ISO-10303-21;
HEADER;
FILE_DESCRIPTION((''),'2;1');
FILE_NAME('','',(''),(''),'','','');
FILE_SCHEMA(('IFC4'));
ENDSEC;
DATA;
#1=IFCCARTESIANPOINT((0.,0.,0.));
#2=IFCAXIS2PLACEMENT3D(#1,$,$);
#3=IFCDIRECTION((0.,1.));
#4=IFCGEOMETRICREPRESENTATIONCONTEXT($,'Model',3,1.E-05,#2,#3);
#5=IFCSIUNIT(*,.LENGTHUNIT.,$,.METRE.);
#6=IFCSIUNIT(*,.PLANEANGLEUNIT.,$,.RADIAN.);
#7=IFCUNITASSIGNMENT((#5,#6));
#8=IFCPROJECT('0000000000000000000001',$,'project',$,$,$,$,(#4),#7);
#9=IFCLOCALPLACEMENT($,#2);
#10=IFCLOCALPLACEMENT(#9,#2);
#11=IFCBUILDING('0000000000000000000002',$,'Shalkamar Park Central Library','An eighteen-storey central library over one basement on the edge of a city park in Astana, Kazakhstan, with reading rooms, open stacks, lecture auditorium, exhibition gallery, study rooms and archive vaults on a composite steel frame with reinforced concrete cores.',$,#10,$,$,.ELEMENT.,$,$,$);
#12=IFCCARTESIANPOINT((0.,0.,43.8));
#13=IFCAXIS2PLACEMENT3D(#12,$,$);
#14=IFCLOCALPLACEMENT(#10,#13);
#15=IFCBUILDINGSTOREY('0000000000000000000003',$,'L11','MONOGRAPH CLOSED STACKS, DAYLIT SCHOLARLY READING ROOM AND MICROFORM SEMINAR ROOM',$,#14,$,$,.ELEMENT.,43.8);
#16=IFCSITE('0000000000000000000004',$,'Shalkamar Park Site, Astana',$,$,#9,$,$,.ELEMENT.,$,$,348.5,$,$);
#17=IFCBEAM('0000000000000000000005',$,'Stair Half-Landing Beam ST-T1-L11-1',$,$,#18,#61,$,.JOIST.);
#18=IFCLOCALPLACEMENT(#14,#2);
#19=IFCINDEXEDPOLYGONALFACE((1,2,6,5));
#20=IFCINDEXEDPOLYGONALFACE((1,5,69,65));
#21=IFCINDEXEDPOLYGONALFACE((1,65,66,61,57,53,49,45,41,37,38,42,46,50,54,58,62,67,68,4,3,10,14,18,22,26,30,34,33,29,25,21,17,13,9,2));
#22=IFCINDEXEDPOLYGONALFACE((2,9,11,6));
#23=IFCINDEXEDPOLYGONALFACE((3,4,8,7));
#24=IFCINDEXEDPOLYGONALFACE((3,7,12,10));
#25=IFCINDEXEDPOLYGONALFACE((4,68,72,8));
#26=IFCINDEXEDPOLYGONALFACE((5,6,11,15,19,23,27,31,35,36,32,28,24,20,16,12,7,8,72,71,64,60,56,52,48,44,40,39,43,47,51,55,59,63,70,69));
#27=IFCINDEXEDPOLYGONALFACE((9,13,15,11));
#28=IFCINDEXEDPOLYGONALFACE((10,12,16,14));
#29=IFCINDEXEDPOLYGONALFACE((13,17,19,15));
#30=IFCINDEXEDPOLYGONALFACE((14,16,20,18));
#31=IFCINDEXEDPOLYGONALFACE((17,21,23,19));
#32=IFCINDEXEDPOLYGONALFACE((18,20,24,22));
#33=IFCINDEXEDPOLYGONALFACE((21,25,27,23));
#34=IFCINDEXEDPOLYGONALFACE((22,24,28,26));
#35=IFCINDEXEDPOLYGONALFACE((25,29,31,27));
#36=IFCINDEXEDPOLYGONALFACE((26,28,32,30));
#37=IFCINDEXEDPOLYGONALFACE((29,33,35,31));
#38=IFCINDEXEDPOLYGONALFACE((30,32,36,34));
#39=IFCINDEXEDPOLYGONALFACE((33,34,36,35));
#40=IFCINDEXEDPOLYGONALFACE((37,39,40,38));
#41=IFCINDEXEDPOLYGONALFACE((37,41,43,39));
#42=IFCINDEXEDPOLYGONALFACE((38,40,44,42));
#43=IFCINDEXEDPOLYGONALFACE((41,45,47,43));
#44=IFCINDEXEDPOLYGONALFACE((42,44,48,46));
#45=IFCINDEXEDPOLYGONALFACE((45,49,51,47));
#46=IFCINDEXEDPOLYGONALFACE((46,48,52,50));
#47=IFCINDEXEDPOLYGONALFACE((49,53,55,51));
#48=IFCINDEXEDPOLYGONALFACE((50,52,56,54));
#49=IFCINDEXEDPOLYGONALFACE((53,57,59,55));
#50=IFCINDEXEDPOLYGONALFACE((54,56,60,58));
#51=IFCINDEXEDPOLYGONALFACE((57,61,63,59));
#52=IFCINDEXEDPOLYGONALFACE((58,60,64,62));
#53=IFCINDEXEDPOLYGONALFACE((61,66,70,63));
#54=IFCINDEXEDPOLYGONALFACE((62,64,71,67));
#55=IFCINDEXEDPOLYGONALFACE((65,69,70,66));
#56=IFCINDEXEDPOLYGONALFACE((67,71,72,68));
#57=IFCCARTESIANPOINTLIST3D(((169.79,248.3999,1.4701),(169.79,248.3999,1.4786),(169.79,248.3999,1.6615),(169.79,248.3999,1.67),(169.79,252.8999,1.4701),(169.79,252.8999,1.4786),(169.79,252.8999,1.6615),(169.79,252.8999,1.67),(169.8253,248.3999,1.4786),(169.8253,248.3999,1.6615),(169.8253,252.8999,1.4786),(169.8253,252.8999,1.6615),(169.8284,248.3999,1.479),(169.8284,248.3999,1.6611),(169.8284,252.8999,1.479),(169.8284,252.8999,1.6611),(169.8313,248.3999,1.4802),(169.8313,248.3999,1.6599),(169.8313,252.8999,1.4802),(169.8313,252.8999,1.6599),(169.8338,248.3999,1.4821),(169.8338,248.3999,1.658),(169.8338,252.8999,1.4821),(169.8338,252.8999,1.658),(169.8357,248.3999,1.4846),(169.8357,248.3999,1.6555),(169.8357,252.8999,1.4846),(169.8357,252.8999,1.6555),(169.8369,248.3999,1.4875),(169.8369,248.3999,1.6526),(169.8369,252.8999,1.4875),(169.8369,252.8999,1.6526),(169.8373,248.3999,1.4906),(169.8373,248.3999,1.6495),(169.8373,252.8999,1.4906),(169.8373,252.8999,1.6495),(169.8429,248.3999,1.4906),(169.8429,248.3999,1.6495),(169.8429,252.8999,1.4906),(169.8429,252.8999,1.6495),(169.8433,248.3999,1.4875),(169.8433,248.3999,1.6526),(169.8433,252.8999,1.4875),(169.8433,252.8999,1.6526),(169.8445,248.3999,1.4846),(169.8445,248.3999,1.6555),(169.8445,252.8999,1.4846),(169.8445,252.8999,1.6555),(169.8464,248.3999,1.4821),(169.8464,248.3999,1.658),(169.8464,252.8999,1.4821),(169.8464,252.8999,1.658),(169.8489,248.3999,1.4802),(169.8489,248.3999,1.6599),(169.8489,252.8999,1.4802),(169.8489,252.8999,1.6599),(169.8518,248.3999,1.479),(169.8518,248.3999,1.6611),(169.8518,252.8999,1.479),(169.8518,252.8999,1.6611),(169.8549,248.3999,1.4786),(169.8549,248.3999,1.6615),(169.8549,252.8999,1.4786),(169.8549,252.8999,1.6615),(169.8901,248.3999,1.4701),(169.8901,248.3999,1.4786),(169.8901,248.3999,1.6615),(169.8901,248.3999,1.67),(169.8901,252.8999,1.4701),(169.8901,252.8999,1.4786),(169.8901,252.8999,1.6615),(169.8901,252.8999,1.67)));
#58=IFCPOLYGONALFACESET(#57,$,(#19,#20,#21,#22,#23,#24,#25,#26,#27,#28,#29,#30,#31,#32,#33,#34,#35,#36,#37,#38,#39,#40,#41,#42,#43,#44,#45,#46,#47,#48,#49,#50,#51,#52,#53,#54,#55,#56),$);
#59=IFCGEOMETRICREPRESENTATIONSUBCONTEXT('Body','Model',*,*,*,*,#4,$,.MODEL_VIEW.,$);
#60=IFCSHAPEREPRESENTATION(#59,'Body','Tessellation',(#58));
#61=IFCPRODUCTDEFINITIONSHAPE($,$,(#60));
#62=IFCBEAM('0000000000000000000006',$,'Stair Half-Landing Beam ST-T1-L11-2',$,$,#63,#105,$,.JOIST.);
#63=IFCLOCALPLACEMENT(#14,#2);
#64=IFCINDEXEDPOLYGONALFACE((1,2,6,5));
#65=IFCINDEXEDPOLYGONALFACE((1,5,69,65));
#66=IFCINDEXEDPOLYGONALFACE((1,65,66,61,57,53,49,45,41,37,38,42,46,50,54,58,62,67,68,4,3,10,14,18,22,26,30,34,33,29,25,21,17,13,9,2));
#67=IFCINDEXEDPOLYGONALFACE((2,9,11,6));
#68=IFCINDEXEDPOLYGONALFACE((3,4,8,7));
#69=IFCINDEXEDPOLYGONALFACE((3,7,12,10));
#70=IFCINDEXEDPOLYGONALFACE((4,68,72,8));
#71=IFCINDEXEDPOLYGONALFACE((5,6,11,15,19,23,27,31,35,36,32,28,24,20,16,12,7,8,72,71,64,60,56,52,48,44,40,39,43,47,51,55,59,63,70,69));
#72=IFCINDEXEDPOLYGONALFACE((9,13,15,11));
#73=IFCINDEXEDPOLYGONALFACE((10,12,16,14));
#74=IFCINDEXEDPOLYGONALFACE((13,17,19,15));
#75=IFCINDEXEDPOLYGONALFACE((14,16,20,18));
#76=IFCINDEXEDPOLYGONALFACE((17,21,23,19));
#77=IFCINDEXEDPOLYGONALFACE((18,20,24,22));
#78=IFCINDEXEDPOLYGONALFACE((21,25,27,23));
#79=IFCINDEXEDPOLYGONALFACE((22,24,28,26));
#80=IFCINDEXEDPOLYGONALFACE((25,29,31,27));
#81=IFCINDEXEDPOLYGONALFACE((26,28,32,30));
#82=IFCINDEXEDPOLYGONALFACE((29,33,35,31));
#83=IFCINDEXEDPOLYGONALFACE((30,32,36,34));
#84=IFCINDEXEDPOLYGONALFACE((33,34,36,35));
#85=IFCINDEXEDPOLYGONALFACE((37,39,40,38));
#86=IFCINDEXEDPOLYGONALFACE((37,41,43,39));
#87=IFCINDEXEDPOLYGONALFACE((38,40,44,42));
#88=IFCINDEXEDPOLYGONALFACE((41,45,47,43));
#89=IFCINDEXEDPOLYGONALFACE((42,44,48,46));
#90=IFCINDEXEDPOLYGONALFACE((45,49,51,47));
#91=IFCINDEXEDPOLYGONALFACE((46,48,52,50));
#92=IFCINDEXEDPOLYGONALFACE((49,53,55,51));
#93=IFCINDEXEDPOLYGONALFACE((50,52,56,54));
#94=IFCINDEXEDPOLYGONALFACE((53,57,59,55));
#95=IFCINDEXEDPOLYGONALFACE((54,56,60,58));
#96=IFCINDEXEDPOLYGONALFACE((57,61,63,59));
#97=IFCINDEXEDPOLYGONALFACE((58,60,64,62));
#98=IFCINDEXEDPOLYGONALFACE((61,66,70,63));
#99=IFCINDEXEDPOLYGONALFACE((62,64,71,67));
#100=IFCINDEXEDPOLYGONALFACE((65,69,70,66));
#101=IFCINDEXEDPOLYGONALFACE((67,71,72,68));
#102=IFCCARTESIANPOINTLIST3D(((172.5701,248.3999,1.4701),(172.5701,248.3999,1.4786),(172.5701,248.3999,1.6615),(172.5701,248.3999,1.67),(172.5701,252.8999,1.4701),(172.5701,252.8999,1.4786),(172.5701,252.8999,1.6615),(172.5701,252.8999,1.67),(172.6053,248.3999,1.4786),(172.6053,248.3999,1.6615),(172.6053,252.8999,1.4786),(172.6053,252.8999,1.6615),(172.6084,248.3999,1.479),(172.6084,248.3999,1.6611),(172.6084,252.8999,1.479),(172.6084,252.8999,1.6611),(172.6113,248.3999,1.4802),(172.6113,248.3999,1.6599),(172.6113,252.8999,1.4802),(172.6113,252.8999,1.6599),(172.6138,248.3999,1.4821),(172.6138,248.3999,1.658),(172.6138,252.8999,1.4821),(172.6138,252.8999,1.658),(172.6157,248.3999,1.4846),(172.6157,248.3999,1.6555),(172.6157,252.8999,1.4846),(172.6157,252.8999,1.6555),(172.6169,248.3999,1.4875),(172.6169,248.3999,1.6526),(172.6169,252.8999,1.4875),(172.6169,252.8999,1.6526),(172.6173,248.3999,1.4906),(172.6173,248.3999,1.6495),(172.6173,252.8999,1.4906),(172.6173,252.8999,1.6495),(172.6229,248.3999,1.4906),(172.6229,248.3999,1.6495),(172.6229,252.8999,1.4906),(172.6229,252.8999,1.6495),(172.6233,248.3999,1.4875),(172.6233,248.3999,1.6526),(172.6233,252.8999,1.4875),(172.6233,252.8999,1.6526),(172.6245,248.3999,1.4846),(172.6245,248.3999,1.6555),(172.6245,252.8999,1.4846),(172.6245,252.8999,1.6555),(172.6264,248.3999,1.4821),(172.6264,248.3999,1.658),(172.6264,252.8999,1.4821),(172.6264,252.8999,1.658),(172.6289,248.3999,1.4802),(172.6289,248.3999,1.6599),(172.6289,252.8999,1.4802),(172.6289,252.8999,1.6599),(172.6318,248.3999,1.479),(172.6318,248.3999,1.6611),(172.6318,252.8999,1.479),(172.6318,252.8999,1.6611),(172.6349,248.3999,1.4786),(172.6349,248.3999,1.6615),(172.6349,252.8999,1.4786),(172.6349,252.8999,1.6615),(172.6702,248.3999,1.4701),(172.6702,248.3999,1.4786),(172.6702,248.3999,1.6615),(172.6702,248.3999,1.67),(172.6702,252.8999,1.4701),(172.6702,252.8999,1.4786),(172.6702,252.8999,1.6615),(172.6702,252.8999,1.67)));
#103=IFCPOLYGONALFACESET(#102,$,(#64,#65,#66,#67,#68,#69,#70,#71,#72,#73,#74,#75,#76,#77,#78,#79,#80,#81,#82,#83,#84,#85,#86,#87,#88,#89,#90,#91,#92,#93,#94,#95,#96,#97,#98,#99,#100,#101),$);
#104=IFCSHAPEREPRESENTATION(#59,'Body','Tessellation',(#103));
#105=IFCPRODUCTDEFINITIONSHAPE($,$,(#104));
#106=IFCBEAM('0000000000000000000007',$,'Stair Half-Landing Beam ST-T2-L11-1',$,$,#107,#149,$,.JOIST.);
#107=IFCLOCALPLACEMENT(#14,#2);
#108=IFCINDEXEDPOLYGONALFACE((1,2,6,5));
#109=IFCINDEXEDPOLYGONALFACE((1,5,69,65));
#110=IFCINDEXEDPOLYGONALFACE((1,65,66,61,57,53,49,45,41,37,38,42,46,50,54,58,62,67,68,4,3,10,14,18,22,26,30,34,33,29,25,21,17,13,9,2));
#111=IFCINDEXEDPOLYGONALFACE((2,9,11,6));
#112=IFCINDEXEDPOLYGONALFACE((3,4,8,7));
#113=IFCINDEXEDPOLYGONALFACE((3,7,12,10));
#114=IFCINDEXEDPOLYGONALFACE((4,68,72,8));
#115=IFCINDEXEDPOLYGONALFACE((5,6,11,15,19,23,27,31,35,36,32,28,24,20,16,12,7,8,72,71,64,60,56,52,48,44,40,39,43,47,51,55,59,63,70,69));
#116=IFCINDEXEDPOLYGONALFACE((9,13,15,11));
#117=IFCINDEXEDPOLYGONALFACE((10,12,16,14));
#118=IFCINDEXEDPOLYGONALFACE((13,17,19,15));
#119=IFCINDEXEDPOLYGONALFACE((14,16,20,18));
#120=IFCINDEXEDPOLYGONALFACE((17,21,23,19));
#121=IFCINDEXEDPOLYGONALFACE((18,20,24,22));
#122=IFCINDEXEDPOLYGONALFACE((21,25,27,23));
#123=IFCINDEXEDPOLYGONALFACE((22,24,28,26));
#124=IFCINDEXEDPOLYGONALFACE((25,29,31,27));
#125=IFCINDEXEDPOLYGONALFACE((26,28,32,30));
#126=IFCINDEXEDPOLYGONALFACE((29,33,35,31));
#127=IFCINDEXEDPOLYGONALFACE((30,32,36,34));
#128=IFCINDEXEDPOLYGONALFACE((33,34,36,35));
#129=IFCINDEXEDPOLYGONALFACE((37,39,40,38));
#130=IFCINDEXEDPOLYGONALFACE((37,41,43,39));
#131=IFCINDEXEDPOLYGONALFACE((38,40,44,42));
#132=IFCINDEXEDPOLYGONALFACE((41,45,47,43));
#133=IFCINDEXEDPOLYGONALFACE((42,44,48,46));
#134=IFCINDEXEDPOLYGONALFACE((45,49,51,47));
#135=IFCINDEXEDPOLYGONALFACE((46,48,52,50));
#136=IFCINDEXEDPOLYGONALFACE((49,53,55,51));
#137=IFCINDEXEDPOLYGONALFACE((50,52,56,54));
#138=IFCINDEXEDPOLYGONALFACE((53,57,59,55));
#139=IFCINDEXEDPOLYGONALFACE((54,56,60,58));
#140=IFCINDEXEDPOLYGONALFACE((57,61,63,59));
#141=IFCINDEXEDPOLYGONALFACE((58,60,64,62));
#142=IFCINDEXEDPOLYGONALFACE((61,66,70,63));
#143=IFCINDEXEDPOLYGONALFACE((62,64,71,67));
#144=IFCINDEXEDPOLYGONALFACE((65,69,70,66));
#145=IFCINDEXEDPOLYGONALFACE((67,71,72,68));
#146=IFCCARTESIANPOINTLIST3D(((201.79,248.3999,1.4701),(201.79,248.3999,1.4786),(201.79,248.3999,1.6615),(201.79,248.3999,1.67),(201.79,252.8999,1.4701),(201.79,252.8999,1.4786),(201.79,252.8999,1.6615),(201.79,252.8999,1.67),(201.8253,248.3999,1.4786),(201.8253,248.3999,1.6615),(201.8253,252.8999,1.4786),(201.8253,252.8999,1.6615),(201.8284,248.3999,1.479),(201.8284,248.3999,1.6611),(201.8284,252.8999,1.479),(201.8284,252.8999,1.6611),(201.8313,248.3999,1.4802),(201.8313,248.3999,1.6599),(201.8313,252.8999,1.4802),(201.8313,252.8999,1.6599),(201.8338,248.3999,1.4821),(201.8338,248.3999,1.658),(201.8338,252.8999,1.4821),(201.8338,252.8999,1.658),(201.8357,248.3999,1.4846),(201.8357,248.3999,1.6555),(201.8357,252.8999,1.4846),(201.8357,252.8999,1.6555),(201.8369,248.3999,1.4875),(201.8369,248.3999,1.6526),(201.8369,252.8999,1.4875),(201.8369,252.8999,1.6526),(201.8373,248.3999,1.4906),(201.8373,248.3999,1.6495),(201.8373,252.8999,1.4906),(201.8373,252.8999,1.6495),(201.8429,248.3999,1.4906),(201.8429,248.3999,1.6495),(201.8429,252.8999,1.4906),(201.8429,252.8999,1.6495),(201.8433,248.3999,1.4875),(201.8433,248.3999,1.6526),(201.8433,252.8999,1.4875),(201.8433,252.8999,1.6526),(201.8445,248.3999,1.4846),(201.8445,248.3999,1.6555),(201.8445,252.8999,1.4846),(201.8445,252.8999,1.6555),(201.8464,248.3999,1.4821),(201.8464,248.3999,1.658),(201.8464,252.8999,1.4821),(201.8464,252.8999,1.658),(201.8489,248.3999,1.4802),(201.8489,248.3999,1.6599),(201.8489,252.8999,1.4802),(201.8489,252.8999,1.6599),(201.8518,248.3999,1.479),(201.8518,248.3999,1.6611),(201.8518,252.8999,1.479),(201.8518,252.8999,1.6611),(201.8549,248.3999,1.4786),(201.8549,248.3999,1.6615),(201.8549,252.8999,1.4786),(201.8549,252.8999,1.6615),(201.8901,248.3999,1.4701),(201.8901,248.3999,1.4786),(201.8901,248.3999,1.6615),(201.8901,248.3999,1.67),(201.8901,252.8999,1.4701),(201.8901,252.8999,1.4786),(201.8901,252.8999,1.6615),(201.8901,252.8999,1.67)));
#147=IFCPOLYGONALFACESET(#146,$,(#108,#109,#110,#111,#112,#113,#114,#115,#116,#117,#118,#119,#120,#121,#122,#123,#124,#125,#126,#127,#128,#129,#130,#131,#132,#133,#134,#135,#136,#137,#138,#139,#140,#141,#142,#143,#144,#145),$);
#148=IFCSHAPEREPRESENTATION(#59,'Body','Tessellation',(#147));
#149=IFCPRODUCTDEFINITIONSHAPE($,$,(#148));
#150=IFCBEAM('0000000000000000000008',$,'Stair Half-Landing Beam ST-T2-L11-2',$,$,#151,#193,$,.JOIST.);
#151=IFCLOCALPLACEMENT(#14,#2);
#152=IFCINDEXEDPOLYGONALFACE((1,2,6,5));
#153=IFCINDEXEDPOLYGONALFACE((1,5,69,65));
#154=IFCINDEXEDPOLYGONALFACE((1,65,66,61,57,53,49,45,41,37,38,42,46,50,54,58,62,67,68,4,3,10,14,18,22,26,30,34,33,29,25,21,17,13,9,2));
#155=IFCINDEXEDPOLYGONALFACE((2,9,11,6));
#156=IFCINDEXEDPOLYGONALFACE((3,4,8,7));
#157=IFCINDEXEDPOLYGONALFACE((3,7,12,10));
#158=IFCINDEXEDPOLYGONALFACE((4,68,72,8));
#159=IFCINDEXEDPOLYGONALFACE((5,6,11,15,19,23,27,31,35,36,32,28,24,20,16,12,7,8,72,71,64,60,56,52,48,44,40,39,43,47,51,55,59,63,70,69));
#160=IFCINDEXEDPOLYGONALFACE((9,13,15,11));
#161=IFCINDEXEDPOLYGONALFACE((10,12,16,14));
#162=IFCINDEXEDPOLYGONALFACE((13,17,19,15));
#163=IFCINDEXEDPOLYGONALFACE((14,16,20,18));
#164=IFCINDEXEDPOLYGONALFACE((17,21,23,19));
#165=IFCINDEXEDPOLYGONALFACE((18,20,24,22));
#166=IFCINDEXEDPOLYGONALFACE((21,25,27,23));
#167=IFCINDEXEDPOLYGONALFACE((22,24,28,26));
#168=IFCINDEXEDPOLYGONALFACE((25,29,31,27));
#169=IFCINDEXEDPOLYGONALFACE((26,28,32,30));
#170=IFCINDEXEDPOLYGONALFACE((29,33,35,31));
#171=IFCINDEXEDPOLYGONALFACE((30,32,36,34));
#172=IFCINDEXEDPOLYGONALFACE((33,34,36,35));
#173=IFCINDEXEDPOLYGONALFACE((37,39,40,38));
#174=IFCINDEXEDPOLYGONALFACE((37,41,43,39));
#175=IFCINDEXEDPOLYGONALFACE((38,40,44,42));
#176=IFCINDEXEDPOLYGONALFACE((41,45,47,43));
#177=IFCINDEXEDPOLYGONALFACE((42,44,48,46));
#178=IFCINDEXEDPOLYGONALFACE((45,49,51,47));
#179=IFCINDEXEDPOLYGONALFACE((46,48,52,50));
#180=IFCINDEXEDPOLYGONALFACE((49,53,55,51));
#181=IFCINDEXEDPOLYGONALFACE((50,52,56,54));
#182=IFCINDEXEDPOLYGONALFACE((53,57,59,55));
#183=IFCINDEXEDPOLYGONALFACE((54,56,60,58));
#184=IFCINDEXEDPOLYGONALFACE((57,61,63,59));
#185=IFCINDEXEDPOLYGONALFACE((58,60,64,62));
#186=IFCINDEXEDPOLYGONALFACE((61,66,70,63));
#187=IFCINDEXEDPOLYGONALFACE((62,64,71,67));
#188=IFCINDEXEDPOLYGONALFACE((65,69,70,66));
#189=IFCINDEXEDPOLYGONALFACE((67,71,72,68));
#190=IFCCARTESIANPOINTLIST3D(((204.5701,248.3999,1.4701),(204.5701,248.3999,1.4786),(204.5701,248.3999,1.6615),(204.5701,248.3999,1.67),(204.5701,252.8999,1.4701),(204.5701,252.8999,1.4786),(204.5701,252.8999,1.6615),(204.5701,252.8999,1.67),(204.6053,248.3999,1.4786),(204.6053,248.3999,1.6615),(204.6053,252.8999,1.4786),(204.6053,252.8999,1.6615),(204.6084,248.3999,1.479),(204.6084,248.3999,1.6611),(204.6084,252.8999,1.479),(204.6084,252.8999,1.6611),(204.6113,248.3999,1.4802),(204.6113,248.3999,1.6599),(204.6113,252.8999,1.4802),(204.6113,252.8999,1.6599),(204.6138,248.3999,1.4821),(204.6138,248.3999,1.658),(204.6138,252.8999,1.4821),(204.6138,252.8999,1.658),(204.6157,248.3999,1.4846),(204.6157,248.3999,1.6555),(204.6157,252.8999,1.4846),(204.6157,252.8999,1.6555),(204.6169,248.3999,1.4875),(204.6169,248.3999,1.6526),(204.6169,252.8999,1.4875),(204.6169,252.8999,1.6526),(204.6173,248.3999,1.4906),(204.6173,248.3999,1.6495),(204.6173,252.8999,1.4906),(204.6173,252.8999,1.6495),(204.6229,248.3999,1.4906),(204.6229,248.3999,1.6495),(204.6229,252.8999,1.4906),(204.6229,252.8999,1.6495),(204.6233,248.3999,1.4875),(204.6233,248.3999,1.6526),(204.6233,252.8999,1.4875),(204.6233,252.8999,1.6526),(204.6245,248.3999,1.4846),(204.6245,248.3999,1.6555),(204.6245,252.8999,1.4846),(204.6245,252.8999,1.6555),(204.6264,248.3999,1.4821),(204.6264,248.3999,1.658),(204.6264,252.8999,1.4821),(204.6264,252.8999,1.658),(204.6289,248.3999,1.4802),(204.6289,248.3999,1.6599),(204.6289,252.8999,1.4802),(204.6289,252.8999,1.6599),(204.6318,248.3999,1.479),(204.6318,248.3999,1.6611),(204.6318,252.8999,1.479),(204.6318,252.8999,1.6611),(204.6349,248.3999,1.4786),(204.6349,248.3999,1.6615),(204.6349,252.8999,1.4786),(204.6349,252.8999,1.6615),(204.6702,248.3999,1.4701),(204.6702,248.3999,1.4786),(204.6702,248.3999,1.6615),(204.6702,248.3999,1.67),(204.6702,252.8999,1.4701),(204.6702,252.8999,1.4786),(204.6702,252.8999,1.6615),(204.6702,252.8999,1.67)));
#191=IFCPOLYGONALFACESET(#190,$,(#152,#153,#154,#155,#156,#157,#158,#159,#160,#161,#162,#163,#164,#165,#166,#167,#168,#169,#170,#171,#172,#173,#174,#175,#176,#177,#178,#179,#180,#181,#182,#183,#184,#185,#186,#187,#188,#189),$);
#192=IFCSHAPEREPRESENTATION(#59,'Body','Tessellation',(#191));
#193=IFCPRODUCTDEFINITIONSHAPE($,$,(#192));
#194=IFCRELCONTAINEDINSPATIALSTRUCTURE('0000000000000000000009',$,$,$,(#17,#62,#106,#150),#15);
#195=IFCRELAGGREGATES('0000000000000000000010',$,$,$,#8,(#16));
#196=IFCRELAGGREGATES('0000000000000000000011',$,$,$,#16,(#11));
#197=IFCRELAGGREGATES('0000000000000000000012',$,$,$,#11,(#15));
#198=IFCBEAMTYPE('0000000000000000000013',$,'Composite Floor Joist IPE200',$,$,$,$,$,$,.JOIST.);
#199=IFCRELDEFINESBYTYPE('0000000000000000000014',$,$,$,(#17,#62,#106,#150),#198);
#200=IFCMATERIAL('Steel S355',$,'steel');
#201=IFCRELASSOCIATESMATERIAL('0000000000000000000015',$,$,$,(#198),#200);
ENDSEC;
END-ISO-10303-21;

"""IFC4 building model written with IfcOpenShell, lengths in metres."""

from ifc_helpers import new_model, si_unit, direction, frame, origin, origin_2d, place, context, subcontext, project, spatial, i_section, extrude, material, material_profile, profile_set, type_object, element, save


model = new_model("IFC4")

# Units and contexts
model_context = context("Model", 3, precision=1e-05, world=origin(), true_north=direction((0.0, 1.0)))
body_context = subcontext(model_context, "Body", "Model", "MODEL_VIEW")
ifc_project = project(units=[si_unit("LENGTHUNIT", "METRE"), si_unit("PLANEANGLEUNIT", "RADIAN")], contexts=[model_context])

# Site, building, storey
site_placement = place(None, origin())
site = spatial("IfcSite", under=ifc_project, at=site_placement, Name="Shalkamar Park Site, Astana", CompositionType="ELEMENT", RefElevation=348.5)
building_placement = place(site_placement, origin())
building = spatial("IfcBuilding", under=site, at=building_placement, Name="Shalkamar Park Central Library", Description="An eighteen-storey central library over one basement on the edge of a city park in Astana, Kazakhstan, with reading rooms, open stacks, lecture auditorium, exhibition gallery, study rooms and archive vaults on a composite steel frame with reinforced concrete cores.", CompositionType="ELEMENT")
storey_placement = place(building_placement, frame((0.0, 0.0, 43.8)))
storey = spatial("IfcBuildingStorey", under=building, at=storey_placement, Name="L11", Description="MONOGRAPH CLOSED STACKS, DAYLIT SCHOLARLY READING ROOM AND MICROFORM SEMINAR ROOM", CompositionType="ELEMENT", Elevation=43.8)

# Beams
ifc_material_1 = material(Name="Steel S355", Category="steel")
ifc_material_profile_1 = material_profile(ifc_material_1, i_section(OverallWidth=0.1001, OverallDepth=0.2, WebThickness=0.0056, FlangeThickness=0.0085, FilletRadius=0.012, at=origin_2d()), Name="IPE 200")
ifc_profile_set_1 = profile_set([ifc_material_profile_1], Name="Steel S355")
beam_type_1 = type_object("IfcBeamType", Name="Composite Floor Joist IPE200", PredefinedType="JOIST", material=ifc_profile_set_1)
for number, where, z_axis, x_axis, name in (
    (1, (169.8401, 248.3999, 1.5701), (0.0, 1.0, 0.0), (-1.0, 0.0, 0.0), "Stair Half-Landing Beam ST-T1-L11-1"),
    (2, (172.6201, 248.3999, 1.5701), (0.0, 1.0, 0.0), (-1.0, 0.0, 0.0), "Stair Half-Landing Beam ST-T1-L11-2"),
    (3, (201.8401, 248.3999, 1.5701), (0.0, 1.0, 0.0), (-1.0, 0.0, 0.0), "Stair Half-Landing Beam ST-T2-L11-1"),
    (4, (204.6201, 248.3999, 1.5701), (0.0, 1.0, 0.0), (-1.0, 0.0, 0.0), "Stair Half-Landing Beam ST-T2-L11-2"),
):
    element("IfcBeam", number, at=place(storey_placement, frame(where, z_axis=z_axis, x_axis=x_axis)), inside=storey, type_object=beam_type_1, Name=name, PredefinedType="JOIST", context=body_context, shape_type="SweptSolid", body=[
        extrude(i_section(OverallWidth=0.1001, OverallDepth=0.2, WebThickness=0.0056, FlangeThickness=0.0085, FilletRadius=0.012, at=origin_2d()), origin(), (0.0, 0.0, 1.0), 4.5),
    ])

save(model, "model.ifc")
